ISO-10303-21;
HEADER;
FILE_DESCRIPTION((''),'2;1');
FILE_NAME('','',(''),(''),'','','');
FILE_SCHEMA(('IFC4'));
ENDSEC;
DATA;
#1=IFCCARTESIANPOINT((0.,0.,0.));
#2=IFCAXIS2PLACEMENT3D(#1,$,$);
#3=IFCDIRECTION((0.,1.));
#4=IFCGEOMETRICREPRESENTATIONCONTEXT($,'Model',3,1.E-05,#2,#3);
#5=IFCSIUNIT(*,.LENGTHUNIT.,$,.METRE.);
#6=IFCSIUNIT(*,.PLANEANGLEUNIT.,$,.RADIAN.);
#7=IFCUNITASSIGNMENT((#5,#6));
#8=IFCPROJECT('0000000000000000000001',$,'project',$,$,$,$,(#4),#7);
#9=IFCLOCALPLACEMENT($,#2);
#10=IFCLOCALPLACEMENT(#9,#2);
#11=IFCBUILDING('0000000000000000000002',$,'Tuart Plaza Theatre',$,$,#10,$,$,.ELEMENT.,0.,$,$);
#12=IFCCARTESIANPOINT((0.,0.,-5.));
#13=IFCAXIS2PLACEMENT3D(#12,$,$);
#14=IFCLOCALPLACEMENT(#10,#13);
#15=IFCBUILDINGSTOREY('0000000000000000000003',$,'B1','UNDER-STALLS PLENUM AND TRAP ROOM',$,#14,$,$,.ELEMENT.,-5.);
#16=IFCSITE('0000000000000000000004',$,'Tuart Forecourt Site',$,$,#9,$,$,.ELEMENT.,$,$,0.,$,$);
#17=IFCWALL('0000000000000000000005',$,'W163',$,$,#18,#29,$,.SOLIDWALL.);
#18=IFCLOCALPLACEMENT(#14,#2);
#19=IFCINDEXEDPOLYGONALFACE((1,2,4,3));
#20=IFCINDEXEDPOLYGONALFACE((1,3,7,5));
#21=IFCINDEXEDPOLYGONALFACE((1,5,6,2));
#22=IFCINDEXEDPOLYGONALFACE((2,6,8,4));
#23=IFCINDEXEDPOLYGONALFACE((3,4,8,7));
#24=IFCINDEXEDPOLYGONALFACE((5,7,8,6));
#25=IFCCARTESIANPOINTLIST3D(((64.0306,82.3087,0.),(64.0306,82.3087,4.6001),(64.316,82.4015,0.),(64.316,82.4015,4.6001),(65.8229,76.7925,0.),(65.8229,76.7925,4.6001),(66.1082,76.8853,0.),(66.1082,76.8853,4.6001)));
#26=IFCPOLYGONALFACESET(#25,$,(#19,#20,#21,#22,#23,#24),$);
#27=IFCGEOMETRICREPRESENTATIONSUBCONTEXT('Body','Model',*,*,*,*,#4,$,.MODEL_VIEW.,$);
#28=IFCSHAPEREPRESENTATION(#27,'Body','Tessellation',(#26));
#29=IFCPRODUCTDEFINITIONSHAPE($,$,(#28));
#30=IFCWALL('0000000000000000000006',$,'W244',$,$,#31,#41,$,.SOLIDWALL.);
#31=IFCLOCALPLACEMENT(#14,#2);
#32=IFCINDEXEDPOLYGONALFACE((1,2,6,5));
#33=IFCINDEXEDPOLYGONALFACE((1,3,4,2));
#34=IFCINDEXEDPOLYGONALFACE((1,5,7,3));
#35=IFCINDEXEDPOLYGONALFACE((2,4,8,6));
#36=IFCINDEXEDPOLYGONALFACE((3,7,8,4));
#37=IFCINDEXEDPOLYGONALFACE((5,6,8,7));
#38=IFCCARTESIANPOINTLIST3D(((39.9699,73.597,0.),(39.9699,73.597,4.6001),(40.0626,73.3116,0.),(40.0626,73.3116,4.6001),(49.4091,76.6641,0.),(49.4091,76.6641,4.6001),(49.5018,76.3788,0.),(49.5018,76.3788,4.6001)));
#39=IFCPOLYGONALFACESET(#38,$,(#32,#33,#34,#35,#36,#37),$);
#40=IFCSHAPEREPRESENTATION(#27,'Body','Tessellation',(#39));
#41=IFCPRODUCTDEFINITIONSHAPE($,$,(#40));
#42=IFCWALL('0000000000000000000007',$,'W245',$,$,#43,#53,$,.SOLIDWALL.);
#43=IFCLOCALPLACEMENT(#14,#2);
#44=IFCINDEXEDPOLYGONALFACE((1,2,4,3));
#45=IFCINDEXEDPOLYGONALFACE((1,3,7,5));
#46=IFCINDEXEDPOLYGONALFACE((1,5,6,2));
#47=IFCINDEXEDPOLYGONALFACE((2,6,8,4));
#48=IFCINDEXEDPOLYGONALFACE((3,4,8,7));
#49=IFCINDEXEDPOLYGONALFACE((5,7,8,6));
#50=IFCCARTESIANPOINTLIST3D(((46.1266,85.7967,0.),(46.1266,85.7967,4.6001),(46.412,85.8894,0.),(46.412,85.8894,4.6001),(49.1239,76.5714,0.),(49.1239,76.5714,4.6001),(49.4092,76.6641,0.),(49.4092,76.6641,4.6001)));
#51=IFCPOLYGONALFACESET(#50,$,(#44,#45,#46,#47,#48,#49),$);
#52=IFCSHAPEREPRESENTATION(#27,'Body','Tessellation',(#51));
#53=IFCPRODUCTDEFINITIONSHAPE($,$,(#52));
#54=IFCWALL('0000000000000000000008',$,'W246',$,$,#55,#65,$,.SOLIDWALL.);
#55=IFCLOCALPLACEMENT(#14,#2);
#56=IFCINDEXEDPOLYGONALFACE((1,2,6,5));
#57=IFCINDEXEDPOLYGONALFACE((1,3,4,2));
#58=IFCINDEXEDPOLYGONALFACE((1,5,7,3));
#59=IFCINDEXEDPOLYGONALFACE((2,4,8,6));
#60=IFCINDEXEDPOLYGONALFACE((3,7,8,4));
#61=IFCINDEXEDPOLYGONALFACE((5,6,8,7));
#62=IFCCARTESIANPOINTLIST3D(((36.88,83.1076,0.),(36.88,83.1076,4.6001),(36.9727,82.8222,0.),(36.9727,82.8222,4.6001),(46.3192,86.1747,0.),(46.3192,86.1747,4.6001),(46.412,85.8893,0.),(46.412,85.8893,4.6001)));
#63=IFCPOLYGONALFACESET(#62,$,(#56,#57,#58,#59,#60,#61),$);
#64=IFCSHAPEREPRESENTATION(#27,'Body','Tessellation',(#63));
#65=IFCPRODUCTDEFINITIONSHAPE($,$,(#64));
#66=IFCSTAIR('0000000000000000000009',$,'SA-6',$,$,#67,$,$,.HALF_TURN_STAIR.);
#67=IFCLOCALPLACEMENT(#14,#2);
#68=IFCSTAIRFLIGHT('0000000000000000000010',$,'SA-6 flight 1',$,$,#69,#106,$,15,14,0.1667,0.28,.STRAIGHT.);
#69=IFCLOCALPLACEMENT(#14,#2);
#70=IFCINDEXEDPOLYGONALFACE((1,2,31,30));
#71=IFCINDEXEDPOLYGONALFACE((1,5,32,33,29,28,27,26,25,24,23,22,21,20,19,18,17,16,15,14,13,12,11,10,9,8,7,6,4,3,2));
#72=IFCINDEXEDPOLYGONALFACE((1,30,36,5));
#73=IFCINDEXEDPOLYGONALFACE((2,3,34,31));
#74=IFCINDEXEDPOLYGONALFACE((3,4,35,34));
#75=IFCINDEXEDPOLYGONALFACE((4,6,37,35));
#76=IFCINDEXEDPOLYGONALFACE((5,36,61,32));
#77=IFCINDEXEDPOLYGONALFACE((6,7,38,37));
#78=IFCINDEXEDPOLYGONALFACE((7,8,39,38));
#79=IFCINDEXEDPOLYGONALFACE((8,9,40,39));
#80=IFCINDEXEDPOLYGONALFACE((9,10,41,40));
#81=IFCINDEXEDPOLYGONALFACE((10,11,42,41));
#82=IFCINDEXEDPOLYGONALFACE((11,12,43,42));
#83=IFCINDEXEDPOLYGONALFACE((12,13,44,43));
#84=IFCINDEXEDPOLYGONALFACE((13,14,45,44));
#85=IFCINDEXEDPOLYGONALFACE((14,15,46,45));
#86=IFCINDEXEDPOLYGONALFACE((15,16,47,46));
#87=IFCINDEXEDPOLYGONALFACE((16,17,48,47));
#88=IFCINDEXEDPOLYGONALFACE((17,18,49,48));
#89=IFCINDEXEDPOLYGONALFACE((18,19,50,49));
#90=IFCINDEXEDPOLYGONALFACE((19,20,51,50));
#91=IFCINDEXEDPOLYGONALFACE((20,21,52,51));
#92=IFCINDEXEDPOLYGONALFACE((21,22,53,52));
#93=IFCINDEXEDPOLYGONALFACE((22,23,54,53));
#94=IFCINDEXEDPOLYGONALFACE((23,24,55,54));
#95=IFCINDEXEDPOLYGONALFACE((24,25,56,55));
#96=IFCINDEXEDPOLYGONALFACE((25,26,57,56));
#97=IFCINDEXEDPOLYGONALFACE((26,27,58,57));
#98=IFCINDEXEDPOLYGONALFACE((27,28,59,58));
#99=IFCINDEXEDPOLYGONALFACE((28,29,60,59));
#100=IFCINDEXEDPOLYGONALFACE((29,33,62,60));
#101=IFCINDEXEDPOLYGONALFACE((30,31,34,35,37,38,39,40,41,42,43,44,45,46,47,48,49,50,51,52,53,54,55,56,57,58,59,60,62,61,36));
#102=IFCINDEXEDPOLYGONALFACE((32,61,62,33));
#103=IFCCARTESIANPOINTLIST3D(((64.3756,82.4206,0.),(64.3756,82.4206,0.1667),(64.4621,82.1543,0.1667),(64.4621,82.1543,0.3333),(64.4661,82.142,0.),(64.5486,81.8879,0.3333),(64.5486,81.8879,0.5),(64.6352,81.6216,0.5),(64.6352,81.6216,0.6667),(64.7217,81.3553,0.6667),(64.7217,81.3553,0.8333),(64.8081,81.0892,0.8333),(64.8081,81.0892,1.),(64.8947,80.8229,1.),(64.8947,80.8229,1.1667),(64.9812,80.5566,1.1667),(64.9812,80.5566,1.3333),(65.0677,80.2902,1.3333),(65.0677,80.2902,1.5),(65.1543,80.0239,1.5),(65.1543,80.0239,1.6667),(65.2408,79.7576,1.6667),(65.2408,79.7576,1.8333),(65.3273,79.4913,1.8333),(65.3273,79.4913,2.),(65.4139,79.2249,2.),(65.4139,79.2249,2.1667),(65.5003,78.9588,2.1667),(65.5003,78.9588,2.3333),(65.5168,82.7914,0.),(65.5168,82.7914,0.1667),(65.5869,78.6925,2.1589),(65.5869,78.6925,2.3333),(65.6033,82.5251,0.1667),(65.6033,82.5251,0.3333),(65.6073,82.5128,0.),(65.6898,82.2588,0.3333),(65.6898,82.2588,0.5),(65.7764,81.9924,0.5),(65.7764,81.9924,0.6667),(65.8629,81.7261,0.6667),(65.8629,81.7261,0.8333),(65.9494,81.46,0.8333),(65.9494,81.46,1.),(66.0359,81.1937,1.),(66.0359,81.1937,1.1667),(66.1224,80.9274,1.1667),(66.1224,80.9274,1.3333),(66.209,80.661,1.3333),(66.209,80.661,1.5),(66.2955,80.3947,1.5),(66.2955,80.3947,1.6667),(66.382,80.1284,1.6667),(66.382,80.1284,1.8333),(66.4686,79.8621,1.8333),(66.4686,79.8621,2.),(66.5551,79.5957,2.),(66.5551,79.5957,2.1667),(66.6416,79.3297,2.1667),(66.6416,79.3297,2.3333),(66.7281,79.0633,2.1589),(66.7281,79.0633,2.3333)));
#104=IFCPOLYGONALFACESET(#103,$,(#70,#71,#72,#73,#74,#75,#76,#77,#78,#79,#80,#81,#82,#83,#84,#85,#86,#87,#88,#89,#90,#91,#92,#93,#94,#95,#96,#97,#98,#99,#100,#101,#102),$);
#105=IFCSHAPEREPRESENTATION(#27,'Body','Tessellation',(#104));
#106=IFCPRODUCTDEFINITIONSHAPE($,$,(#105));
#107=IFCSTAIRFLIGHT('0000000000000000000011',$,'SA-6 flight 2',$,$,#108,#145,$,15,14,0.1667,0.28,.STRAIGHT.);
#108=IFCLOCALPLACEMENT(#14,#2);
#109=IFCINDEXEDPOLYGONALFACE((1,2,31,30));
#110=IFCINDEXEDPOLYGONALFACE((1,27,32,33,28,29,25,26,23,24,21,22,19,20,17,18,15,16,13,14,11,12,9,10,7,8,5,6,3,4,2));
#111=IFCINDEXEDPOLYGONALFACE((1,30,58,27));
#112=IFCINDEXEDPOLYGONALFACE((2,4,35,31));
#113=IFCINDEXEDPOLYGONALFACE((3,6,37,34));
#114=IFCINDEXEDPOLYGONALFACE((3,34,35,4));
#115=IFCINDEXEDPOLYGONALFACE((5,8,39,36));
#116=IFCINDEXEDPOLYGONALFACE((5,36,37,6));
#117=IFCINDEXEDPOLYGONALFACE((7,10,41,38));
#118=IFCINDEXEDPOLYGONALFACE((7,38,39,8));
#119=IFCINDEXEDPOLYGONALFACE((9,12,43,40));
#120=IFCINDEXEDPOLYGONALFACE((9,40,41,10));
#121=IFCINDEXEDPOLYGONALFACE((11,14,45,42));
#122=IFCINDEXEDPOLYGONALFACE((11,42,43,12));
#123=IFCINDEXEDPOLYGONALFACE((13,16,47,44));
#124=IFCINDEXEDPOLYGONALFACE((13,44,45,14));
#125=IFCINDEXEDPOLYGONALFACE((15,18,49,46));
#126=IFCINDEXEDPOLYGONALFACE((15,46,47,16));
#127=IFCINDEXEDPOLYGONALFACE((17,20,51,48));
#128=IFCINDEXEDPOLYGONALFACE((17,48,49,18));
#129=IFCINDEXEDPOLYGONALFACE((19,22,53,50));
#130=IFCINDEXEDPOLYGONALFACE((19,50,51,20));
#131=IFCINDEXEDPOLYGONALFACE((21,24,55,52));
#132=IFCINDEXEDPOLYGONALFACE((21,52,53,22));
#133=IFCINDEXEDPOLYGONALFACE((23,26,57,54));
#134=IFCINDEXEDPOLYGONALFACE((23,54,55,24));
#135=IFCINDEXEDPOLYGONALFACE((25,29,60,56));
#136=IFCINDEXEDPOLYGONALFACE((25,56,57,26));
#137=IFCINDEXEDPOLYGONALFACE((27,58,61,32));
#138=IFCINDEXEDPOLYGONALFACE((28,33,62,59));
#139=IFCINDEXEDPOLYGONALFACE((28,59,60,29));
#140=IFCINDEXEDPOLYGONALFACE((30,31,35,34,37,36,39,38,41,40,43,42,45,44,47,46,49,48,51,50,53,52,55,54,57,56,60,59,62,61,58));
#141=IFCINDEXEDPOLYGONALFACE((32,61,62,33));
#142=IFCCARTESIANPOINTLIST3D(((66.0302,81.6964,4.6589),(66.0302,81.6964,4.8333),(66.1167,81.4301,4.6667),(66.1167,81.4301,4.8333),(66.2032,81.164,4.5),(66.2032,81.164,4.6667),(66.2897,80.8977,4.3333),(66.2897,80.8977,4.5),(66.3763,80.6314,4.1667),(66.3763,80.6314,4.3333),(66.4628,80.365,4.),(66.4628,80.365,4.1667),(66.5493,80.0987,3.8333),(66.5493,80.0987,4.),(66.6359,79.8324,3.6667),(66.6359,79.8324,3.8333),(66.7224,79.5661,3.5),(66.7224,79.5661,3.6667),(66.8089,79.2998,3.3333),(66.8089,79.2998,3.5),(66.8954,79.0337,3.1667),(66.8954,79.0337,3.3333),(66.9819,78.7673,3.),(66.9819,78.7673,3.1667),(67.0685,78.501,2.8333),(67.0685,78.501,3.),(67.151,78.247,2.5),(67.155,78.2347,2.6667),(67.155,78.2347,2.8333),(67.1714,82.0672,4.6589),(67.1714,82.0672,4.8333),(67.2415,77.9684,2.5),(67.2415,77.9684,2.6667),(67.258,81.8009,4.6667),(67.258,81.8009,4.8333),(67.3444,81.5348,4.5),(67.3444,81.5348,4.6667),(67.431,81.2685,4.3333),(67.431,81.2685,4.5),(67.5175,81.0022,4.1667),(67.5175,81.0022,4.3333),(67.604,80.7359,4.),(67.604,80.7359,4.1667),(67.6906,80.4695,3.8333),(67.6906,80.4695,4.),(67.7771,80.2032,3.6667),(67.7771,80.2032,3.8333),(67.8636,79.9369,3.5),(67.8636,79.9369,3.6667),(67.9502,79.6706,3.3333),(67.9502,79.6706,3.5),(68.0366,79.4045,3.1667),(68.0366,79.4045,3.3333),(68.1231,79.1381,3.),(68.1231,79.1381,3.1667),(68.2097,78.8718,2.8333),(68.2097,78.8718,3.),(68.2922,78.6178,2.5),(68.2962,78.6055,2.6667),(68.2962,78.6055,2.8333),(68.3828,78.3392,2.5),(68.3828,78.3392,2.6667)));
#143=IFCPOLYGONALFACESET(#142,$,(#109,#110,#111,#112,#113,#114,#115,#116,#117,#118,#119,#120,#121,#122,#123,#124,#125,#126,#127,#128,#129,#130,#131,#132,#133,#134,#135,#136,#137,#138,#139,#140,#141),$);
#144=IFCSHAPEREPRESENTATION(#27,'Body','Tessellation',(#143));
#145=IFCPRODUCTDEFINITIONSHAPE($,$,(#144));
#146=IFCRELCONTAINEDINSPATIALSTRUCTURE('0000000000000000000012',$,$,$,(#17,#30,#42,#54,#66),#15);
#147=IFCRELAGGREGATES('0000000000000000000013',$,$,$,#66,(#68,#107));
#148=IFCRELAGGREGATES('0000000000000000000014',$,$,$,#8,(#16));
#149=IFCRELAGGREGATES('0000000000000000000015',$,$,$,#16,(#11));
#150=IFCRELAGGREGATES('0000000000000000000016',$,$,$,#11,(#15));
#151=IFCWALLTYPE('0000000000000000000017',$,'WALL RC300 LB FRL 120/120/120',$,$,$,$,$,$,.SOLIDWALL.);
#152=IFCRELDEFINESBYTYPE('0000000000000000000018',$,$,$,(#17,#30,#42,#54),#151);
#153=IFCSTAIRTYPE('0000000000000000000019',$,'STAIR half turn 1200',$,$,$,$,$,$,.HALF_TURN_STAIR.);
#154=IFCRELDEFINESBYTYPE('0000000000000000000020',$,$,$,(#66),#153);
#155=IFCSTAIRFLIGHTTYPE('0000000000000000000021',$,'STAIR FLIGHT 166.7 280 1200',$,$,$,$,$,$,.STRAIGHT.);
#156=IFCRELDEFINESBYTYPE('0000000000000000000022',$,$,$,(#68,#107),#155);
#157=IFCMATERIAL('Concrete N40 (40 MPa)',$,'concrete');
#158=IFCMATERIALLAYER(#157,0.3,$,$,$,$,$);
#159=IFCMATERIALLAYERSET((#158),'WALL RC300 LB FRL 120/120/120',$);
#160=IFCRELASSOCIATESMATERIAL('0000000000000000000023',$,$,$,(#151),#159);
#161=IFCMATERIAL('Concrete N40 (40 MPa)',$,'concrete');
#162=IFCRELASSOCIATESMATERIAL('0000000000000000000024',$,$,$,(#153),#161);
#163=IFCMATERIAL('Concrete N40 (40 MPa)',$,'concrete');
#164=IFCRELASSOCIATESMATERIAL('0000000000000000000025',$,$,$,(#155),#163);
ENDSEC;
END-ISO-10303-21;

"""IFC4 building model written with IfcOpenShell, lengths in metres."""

from ifc_helpers import new_model, si_unit, direction, frame, frame_2d, origin, place, context, subcontext, project, spatial, polyline, rectangle, outline, extrude, material, layer, layer_set, type_object, element, aggregate, save


model = new_model("IFC4")

# Units and contexts
model_context = context("Model", 3, precision=1e-05, world=origin(), true_north=direction((0.0, 1.0)))
body_context = subcontext(model_context, "Body", "Model", "MODEL_VIEW")
ifc_project = project(units=[si_unit("LENGTHUNIT", "METRE"), si_unit("PLANEANGLEUNIT", "RADIAN")], contexts=[model_context])

# Site, building, storey
site_placement = place(None, origin())
site = spatial("IfcSite", under=ifc_project, at=site_placement, Name="Tuart Forecourt Site", CompositionType="ELEMENT", RefElevation=0.0)
building_placement = place(site_placement, origin())
building = spatial("IfcBuilding", under=site, at=building_placement, Name="Tuart Plaza Theatre", CompositionType="ELEMENT", ElevationOfRefHeight=0.0)
storey_placement = place(building_placement, frame((0.0, 0.0, -5.0)))
storey = spatial("IfcBuildingStorey", under=building, at=storey_placement, Name="B1", Description="UNDER-STALLS PLENUM AND TRAP ROOM", CompositionType="ELEMENT", Elevation=-5.0)

# Shared definitions
ifc_material_1 = material(Name="Concrete N40 (40 MPa)", Category="concrete")
ifc_layer_1 = layer(ifc_material_1, 0.3)
ifc_layer_set_1 = layer_set([ifc_layer_1], Name="WALL RC300 LB FRL 120/120/120")
wall_type_1 = type_object("IfcWallType", Name="WALL RC300 LB FRL 120/120/120", PredefinedType="SOLIDWALL", material=ifc_layer_set_1)

# Walls
wall_1_placement = place(storey_placement, frame((64.1733, 82.355, 0.0), z_axis=(0.0, 0.0, 1.0), x_axis=(0.309008, -0.951059, 0.0)))
element("IfcWall", 1, at=wall_1_placement, inside=storey, type_object=wall_type_1, Name="W163", PredefinedType="SOLIDWALL", context=body_context, shape_type="SweptSolid", body=[
    extrude(rectangle(XDim=5.8, YDim=0.3, at=frame_2d((2.8999, 0.0))), origin(), (0.0, 0.0, 1.0), 4.6001),
])
wall_2_placement = place(storey_placement, frame((40.0164, 73.4543, 0.0), z_axis=(0.0, 0.0, 1.0), x_axis=(0.951052, 0.309031, 0.0)))
element("IfcWall", 2, at=wall_2_placement, inside=storey, type_object=wall_type_1, Name="W244", PredefinedType="SOLIDWALL", context=body_context, shape_type="SweptSolid", body=[
    extrude(rectangle(XDim=9.925, YDim=0.3, at=frame_2d((4.9624, 0.0))), origin(), (0.0, 0.0, 1.0), 4.6001),
])
wall_3_placement = place(storey_placement, frame((49.2666, 76.6177, 0.0), z_axis=(0.0, 0.0, 1.0), x_axis=(-0.309, 0.951062, 0.0)))
element("IfcWall", 3, at=wall_3_placement, inside=storey, type_object=wall_type_1, Name="W245", PredefinedType="SOLIDWALL", context=body_context, shape_type="SweptSolid", body=[
    extrude(rectangle(XDim=9.7, YDim=0.3, at=frame_2d((4.8501, 0.0))), origin(), (0.0, 0.0, 1.0), 4.6001),
])
wall_4_placement = place(storey_placement, frame((46.3655, 86.032, 0.0), z_axis=(0.0, 0.0, 1.0), x_axis=(-0.951052, -0.309031, 0.0)))
element("IfcWall", 4, at=wall_4_placement, inside=storey, type_object=wall_type_1, Name="W246", PredefinedType="SOLIDWALL", context=body_context, shape_type="SweptSolid", body=[
    extrude(rectangle(XDim=9.925, YDim=0.3, at=frame_2d((4.9624, 0.0))), origin(), (0.0, 0.0, 1.0), 4.6001),
])

# Stair, stair flights
ifc_material_2 = material(Name="Concrete N40 (40 MPa)", Category="concrete")
stair_type = type_object("IfcStairType", Name="STAIR half turn 1200", PredefinedType="HALF_TURN_STAIR", material=ifc_material_2)
stair_placement = place(storey_placement, origin())
stair = element("IfcStair", 5, at=stair_placement, inside=storey, type_object=stair_type, Name="SA-6", PredefinedType="HALF_TURN_STAIR")
ifc_material_3 = material(Name="Concrete N40 (40 MPa)", Category="concrete")
stair_flight_type = type_object("IfcStairFlightType", Name="STAIR FLIGHT 166.7 280 1200", PredefinedType="STRAIGHT", material=ifc_material_3)
stair_flight_1_placement = place(storey_placement, frame((64.946, 82.606, 0.0), z_axis=(0.0, 0.0, 1.0), x_axis=(0.309017, -0.951057, 0.0)))
stair_flight_1 = element("IfcStairFlight", 6, at=stair_flight_1_placement, type_object=stair_flight_type, Name="SA-6 flight 1", NumberOfRisers=15, NumberOfTreads=14, PredefinedType="STRAIGHT", RiserHeight=0.1667, TreadLength=0.28, context=body_context, shape_type="SweptSolid", body=[
    extrude(outline(polyline([(0.0, 0.0), (0.0, 0.1667), (0.28, 0.1667), (0.28, 0.3333), (0.5601, 0.3333), (0.5601, 0.5), (0.8401, 0.5), (0.8401, 0.6667), (1.1201, 0.6667), (1.1201, 0.8333), (1.3999, 0.8333), (1.3999, 1.0), (1.6799, 1.0), (1.6799, 1.1667), (1.96, 1.1667), (1.96, 1.3333), (2.24, 1.3333), (2.24, 1.5), (2.52, 1.5), (2.52, 1.6667), (2.8, 1.6667), (2.8, 1.8333), (3.0801, 1.8333), (3.0801, 2.0), (3.3601, 2.0), (3.3601, 2.1667), (3.6399, 2.1667), (3.6399, 2.3333), (3.9199, 2.3333), (3.9199, 2.5), (3.9199, 2.1589), (0.293, 0.0), (0.0, 0.0)])), frame((0.0, 0.6001, 0.0), z_axis=(0.0, -1.0, 0.0), x_axis=(1.0, 0.0, 0.0)), (0.0, 0.0, 1.0), 1.2),
])
stair_flight_2_placement = place(storey_placement, frame((67.8123, 78.1538, 2.5), z_axis=(0.0, 0.0, 1.0), x_axis=(-0.309017, 0.951057, 0.0)))
stair_flight_2 = element("IfcStairFlight", 7, at=stair_flight_2_placement, type_object=stair_flight_type, Name="SA-6 flight 2", NumberOfRisers=15, NumberOfTreads=14, PredefinedType="STRAIGHT", RiserHeight=0.1667, TreadLength=0.28, context=body_context, shape_type="SweptSolid", body=[
    extrude(outline(polyline([(0.0, 0.0), (0.0, 0.1667), (0.28, 0.1667), (0.28, 0.3333), (0.5601, 0.3333), (0.5601, 0.5), (0.8401, 0.5), (0.8401, 0.6667), (1.1201, 0.6667), (1.1201, 0.8333), (1.3999, 0.8333), (1.3999, 1.0), (1.6799, 1.0), (1.6799, 1.1667), (1.96, 1.1667), (1.96, 1.3333), (2.24, 1.3333), (2.24, 1.5), (2.52, 1.5), (2.52, 1.6667), (2.8, 1.6667), (2.8, 1.8333), (3.0801, 1.8333), (3.0801, 2.0), (3.3601, 2.0), (3.3601, 2.1667), (3.6399, 2.1667), (3.6399, 2.3333), (3.9199, 2.3333), (3.9199, 2.5), (3.9199, 2.1589), (0.293, 0.0), (0.0, 0.0)])), frame((0.0, 0.6001, 0.0), z_axis=(0.0, -1.0, 0.0), x_axis=(1.0, 0.0, 0.0)), (0.0, 0.0, 1.0), 1.2),
])
aggregate(stair, [stair_flight_1, stair_flight_2])

save(model, "model.ifc")
